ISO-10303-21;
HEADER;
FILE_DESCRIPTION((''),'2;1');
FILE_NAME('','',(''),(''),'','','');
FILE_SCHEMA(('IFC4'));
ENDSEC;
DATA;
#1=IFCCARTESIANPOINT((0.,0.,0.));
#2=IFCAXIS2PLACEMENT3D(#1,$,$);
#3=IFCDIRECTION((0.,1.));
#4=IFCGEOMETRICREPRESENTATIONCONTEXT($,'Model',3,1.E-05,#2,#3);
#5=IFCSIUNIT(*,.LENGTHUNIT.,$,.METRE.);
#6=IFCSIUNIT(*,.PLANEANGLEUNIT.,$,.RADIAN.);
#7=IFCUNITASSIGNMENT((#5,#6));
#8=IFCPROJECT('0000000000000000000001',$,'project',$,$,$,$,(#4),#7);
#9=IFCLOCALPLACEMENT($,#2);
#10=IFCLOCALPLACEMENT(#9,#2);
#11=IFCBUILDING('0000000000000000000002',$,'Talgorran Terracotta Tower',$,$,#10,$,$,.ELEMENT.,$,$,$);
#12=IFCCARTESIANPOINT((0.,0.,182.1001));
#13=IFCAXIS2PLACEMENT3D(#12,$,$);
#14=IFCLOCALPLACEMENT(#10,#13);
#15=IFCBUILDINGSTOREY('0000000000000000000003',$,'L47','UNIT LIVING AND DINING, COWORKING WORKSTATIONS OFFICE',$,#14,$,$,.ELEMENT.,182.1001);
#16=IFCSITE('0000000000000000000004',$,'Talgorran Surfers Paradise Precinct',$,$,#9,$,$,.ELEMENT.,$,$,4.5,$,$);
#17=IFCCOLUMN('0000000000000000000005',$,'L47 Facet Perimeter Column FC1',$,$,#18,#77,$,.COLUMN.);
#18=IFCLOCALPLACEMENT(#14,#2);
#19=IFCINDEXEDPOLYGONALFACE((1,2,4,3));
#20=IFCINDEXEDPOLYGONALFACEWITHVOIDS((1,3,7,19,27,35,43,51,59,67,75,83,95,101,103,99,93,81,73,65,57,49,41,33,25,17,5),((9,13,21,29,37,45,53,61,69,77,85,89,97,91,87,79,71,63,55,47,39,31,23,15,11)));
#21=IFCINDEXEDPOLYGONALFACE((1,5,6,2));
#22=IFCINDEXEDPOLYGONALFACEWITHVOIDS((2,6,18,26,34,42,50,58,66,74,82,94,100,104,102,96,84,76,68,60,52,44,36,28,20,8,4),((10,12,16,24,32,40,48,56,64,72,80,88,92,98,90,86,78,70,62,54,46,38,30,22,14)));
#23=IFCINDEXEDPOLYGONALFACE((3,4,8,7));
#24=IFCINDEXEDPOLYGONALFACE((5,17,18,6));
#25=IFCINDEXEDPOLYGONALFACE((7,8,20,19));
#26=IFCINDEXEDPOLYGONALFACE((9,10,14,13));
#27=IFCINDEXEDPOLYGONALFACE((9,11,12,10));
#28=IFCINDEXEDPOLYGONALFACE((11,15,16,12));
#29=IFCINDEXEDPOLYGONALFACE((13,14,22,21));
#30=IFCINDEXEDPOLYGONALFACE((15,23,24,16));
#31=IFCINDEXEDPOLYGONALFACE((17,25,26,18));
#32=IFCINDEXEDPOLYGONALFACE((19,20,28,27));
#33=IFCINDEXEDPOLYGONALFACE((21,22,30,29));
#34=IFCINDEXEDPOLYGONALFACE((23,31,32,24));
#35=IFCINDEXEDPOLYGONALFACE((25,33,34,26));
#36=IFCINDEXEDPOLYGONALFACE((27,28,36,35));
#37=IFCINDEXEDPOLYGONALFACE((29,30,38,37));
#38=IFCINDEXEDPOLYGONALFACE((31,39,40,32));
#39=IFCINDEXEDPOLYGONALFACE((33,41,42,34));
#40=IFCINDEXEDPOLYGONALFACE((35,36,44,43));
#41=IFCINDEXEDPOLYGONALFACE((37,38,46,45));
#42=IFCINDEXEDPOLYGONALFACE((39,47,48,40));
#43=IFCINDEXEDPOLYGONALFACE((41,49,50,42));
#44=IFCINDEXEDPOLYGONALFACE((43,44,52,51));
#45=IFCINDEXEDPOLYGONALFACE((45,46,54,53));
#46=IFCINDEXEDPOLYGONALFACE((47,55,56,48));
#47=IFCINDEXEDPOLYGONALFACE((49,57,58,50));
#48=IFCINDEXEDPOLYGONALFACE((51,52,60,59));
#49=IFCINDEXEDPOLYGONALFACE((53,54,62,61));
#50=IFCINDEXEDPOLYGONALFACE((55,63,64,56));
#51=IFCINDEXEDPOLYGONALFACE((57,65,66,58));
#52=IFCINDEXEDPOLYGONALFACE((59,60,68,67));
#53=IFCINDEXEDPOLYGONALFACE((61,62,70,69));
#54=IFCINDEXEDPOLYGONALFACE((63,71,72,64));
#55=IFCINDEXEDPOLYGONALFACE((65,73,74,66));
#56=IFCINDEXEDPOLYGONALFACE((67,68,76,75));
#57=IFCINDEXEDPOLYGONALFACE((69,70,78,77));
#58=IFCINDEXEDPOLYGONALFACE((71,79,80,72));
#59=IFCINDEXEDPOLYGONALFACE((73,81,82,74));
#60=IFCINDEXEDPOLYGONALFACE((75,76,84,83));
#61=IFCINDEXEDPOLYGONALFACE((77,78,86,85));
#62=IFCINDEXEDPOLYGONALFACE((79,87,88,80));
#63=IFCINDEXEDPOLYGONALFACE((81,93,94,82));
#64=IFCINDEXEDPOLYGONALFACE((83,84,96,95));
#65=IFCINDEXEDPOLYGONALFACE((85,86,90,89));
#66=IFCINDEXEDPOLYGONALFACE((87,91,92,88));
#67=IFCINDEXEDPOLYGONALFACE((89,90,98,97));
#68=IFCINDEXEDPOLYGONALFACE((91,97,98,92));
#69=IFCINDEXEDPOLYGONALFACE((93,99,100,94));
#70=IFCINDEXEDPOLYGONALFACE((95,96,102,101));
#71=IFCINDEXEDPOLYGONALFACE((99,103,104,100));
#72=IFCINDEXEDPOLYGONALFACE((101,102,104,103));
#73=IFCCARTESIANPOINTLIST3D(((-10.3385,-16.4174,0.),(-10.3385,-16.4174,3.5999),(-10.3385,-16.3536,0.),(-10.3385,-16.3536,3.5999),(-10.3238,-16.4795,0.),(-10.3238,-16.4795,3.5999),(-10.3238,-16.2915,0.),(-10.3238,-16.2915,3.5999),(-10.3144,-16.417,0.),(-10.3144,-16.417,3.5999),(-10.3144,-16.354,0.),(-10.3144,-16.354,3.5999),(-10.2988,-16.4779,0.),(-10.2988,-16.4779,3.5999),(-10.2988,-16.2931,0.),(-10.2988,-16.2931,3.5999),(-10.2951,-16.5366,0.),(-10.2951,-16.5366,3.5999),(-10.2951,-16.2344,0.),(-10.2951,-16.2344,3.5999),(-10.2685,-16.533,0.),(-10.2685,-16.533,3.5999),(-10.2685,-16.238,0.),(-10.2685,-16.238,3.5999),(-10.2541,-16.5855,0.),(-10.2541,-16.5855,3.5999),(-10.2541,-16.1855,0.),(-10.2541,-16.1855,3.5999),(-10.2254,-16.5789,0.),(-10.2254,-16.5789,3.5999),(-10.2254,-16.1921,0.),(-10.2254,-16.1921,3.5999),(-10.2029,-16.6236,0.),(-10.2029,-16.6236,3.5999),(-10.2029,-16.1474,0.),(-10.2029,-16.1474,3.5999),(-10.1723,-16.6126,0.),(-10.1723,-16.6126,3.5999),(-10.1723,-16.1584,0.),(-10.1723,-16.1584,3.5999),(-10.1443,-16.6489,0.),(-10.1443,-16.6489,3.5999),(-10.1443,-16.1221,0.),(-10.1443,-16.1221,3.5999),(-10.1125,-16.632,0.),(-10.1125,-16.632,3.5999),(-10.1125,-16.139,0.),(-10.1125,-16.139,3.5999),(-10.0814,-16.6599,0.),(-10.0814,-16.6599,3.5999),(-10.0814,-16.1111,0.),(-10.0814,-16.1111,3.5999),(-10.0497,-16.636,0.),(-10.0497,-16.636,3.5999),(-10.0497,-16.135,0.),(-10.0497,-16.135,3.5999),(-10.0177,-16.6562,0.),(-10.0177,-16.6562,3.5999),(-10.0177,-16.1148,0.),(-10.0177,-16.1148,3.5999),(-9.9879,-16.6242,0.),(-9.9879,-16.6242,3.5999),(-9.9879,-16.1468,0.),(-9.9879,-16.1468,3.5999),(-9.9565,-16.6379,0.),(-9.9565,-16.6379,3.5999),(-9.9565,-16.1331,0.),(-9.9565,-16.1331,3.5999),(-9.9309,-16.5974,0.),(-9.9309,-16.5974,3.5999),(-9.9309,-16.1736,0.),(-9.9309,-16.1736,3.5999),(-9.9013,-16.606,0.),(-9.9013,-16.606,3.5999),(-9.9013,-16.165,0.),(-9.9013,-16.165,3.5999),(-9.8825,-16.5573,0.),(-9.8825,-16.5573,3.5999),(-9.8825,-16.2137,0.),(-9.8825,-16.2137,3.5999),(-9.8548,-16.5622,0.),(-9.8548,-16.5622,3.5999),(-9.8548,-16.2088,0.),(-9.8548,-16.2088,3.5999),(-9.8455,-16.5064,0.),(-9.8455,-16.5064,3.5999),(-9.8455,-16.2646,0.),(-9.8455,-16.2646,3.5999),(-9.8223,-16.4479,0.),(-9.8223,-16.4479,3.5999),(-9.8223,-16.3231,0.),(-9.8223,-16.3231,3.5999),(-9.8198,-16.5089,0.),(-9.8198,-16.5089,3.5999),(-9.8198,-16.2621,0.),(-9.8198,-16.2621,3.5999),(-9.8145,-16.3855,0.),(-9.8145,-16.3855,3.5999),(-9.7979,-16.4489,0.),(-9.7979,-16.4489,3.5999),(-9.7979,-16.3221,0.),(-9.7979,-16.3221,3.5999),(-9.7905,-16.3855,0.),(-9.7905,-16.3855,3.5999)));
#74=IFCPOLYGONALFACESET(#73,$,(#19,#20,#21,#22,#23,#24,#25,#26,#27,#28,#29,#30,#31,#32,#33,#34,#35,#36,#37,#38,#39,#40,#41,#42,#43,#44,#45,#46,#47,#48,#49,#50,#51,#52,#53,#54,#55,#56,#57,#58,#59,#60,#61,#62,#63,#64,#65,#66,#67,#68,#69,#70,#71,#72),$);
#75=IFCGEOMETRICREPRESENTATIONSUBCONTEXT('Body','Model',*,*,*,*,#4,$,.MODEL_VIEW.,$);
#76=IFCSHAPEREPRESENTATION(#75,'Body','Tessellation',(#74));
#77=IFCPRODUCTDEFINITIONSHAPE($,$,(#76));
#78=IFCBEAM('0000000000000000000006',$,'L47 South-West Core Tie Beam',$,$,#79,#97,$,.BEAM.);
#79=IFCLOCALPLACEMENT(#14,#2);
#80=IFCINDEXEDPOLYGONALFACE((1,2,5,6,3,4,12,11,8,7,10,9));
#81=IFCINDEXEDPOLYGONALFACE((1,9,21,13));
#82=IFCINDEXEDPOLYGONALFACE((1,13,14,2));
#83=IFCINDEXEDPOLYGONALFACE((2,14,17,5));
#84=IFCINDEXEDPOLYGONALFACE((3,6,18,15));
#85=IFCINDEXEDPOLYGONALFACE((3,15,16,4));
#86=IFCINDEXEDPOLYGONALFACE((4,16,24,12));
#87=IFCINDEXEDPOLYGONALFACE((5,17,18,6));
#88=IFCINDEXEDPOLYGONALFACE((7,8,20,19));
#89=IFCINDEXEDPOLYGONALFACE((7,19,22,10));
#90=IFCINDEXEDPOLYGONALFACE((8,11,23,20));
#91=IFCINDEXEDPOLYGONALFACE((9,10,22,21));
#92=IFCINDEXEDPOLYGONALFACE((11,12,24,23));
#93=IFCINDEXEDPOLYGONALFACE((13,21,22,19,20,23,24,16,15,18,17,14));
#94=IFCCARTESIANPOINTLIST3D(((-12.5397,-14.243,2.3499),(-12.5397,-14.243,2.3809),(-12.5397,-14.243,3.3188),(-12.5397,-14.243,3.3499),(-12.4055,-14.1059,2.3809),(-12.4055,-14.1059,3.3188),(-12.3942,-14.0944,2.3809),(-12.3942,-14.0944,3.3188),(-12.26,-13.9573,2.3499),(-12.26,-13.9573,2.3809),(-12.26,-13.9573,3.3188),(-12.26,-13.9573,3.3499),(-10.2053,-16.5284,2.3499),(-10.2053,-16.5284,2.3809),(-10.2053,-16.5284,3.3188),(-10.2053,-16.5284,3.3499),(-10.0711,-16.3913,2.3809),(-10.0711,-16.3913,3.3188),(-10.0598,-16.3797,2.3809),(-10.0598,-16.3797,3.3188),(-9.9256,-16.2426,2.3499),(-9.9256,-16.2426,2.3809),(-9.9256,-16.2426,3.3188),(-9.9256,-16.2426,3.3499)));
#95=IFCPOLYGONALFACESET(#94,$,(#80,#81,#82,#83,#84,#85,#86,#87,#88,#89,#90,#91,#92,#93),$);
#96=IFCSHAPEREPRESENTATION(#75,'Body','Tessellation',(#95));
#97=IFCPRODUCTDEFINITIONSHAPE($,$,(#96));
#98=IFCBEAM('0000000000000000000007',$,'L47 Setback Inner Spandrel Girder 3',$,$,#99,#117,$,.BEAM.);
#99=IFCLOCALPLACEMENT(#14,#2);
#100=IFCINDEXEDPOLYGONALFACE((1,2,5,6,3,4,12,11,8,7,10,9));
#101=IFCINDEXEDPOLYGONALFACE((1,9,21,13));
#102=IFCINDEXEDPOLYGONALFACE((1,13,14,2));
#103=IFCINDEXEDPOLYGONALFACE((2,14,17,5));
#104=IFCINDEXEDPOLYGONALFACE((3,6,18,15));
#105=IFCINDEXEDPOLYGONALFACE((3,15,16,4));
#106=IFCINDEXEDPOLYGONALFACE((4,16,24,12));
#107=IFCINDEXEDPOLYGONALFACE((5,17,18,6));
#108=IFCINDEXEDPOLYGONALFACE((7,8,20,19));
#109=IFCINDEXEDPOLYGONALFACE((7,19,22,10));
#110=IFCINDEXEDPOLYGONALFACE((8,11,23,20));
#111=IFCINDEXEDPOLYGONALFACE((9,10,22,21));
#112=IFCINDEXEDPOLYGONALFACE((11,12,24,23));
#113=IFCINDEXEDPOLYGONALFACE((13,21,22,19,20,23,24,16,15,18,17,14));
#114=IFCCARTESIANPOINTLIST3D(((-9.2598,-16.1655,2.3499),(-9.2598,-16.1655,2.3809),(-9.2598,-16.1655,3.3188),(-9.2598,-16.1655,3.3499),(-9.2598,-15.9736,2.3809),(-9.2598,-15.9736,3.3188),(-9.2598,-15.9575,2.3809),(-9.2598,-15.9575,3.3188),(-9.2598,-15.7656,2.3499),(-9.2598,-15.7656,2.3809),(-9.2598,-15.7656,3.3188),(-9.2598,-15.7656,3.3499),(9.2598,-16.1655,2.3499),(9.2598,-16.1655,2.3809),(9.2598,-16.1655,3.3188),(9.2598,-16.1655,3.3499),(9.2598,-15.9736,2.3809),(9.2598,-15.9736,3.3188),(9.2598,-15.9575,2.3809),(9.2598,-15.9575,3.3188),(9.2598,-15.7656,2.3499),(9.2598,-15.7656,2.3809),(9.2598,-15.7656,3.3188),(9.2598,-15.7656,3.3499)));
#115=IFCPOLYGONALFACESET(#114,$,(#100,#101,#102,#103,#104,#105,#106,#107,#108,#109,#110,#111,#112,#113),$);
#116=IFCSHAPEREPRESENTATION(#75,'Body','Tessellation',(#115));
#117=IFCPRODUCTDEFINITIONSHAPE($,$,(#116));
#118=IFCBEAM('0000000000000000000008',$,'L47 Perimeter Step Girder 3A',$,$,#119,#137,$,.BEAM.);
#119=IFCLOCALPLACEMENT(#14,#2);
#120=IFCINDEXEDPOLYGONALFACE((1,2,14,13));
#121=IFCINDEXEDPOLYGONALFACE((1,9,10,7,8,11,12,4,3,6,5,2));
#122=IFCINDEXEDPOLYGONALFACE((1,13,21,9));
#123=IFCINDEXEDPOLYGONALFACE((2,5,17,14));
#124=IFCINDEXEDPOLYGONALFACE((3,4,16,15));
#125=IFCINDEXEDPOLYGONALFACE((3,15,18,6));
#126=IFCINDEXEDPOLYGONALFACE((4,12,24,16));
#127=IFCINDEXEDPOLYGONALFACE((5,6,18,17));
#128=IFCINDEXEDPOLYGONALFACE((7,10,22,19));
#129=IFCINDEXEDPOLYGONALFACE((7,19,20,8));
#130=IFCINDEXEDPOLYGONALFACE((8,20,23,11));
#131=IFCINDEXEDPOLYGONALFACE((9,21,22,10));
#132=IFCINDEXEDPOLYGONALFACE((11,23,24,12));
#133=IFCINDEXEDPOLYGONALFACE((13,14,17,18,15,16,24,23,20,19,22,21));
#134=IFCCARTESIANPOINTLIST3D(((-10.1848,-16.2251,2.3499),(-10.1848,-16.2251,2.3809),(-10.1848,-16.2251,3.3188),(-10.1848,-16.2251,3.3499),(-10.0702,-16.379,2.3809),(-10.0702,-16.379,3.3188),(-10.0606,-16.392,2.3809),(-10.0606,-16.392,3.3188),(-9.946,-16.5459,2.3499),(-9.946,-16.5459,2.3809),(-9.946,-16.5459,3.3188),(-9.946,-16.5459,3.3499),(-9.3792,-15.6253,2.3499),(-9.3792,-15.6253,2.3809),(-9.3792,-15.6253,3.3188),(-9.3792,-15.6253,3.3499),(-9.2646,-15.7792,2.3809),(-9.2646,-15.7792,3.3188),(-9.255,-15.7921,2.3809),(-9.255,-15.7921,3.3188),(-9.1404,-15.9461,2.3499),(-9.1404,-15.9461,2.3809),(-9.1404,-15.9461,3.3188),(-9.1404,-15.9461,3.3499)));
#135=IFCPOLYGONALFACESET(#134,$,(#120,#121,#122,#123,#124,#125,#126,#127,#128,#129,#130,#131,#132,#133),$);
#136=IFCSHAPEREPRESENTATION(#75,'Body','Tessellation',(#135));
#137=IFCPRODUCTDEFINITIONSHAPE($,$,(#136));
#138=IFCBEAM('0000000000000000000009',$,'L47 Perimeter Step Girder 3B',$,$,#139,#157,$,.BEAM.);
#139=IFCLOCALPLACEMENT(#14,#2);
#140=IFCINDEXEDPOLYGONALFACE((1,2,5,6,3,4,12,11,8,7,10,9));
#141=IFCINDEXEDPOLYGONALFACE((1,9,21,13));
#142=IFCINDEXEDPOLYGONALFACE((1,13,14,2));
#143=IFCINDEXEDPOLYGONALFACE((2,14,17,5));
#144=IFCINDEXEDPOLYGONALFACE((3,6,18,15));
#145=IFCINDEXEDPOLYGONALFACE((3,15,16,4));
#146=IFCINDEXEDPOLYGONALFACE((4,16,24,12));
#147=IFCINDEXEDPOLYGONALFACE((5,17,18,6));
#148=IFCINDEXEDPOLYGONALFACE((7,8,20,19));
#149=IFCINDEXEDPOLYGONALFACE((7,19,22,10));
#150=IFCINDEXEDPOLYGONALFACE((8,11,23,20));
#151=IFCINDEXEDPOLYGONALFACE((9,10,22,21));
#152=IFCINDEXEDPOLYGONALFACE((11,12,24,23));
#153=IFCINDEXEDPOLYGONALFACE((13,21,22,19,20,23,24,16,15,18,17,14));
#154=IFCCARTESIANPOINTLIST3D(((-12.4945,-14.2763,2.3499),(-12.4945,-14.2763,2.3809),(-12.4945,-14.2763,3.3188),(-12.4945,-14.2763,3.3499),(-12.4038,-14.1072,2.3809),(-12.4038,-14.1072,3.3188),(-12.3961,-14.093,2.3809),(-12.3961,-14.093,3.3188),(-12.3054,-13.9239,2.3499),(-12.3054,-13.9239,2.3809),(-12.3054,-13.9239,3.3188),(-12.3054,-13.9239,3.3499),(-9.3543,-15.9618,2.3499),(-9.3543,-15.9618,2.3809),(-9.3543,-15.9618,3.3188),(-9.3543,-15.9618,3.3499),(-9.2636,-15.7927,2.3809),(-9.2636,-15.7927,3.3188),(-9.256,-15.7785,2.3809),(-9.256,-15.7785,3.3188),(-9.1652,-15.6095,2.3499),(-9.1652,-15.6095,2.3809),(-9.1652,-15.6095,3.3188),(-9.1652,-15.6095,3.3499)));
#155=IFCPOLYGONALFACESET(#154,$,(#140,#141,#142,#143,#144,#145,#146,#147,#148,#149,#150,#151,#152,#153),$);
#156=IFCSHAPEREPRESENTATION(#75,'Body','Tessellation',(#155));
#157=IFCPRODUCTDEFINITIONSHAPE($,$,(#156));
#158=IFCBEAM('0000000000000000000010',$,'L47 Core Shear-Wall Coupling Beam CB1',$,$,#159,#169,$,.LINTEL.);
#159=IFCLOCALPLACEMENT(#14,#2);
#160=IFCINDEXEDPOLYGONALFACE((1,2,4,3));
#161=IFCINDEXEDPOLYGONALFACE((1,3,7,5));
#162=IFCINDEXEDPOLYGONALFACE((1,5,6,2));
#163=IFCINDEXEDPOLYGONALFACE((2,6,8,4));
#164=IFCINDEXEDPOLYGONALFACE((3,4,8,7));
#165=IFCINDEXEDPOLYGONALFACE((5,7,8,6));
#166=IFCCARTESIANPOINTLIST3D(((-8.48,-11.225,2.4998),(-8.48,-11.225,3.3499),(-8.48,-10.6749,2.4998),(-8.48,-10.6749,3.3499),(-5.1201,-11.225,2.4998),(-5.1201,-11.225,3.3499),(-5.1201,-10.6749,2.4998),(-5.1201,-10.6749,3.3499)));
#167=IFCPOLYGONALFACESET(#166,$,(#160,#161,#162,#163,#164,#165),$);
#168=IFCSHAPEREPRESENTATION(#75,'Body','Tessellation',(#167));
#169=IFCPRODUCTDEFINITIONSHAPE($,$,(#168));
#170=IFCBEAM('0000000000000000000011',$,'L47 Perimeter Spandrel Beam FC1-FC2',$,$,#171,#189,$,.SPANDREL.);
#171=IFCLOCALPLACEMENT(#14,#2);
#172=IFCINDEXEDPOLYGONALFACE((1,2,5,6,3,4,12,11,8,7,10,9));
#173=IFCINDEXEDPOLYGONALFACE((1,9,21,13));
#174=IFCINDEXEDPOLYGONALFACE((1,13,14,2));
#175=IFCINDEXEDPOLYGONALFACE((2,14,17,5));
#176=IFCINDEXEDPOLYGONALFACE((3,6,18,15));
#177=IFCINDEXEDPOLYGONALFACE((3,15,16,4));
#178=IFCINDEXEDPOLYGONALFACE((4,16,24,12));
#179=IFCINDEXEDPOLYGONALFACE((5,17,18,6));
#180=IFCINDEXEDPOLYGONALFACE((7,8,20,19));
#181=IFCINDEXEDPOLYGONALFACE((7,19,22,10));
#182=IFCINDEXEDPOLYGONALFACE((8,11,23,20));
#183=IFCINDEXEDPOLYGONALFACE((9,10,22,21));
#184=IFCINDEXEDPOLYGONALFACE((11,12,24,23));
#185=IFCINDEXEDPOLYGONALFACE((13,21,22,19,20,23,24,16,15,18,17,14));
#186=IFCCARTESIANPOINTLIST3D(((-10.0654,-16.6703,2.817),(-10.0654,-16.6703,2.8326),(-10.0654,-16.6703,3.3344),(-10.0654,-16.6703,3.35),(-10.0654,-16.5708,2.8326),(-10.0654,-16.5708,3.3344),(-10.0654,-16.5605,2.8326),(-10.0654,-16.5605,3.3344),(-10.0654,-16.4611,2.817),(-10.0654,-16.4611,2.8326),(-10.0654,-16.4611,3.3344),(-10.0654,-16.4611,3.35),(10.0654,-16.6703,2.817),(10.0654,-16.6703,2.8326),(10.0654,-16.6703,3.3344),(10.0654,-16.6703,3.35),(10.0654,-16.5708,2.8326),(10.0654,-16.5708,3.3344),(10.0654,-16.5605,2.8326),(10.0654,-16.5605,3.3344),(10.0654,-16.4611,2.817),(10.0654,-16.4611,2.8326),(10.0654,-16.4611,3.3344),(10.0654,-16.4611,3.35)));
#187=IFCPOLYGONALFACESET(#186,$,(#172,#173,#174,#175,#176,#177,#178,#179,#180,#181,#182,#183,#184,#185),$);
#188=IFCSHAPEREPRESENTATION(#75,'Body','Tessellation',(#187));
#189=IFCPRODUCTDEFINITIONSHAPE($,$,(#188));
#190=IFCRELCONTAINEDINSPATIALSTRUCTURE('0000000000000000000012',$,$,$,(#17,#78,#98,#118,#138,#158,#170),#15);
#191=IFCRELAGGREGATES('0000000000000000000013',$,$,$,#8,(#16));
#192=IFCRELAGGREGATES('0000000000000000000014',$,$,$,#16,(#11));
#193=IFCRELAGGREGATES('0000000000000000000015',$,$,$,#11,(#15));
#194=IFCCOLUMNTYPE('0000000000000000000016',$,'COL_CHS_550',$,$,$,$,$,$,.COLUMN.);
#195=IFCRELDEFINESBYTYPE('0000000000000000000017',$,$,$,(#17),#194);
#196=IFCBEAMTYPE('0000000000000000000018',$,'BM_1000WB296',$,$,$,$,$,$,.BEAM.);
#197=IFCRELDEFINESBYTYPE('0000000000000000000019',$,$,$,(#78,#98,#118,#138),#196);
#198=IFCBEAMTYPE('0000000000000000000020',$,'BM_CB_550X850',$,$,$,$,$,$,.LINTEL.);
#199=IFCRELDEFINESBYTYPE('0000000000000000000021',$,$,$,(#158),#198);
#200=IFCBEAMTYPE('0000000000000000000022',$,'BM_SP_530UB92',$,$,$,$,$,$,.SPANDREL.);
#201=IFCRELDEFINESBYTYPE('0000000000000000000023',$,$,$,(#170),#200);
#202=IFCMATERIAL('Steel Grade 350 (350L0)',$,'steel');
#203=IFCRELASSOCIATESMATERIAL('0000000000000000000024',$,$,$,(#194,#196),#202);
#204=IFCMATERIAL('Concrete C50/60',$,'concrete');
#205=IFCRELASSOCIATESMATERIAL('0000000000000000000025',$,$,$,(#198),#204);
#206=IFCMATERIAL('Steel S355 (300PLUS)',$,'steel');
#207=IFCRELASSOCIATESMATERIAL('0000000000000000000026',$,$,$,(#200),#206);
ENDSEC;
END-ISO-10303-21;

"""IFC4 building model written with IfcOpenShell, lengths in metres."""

from ifc_helpers import new_model, si_unit, direction, frame, origin, origin_2d, place, context, subcontext, project, spatial, rectangle, hollow_circle, i_section, extrude, material, material_profile, profile_set, type_object, element, save


model = new_model("IFC4")

# Units and contexts
model_context = context("Model", 3, precision=1e-05, world=origin(), true_north=direction((0.0, 1.0)))
body_context = subcontext(model_context, "Body", "Model", "MODEL_VIEW")
ifc_project = project(units=[si_unit("LENGTHUNIT", "METRE"), si_unit("PLANEANGLEUNIT", "RADIAN")], contexts=[model_context])

# Site, building, storey
site_placement = place(None, origin())
site = spatial("IfcSite", under=ifc_project, at=site_placement, Name="Talgorran Surfers Paradise Precinct", CompositionType="ELEMENT", RefElevation=4.5)
building_placement = place(site_placement, origin())
building = spatial("IfcBuilding", under=site, at=building_placement, Name="Talgorran Terracotta Tower", CompositionType="ELEMENT")
storey_placement = place(building_placement, frame((0.0, 0.0, 182.1001)))
storey = spatial("IfcBuildingStorey", under=building, at=storey_placement, Name="L47", Description="UNIT LIVING AND DINING, COWORKING WORKSTATIONS OFFICE", CompositionType="ELEMENT", Elevation=182.1001)

# Column
ifc_material_1 = material(Name="Steel Grade 350 (350L0)", Category="steel")
ifc_material_profile_1 = material_profile(ifc_material_1, hollow_circle(Radius=0.2749, WallThickness=0.0239, at=origin_2d()), Name="CHS550X24")
ifc_profile_set_1 = profile_set([ifc_material_profile_1], Name="Steel Grade 350 (350L0)")
column_type = type_object("IfcColumnType", Name="COL_CHS_550", PredefinedType="COLUMN", material=ifc_profile_set_1)
column_placement = place(storey_placement, frame((-10.0654, -16.3855, 0.0), z_axis=(0.0, 0.0, 1.0), x_axis=(1.0, 0.0, 0.0)))
element("IfcColumn", 1, at=column_placement, inside=storey, type_object=column_type, Name="L47 Facet Perimeter Column FC1", PredefinedType="COLUMN", context=body_context, shape_type="SweptSolid", body=[
    extrude(hollow_circle(Radius=0.2749, WallThickness=0.0239, at=origin_2d()), origin(), (0.0, 0.0, 1.0), 3.5999),
])

# Beams
ifc_material_profile_2 = material_profile(ifc_material_1, i_section(OverallWidth=0.3999, OverallDepth=1.0, WebThickness=0.0161, FlangeThickness=0.031, at=origin_2d()), Name="1000WB296")
ifc_profile_set_2 = profile_set([ifc_material_profile_2], Name="Steel Grade 350 (350L0)")
beam_type_1 = type_object("IfcBeamType", Name="BM_1000WB296", PredefinedType="BEAM", material=ifc_profile_set_2)
beam_1_placement = place(storey_placement, frame((-10.0654, -16.3855, 2.8499), z_axis=(-0.714577, 0.699556, 0.0), x_axis=(-0.699556, -0.714577, 0.0)))
element("IfcBeam", 2, at=beam_1_placement, inside=storey, type_object=beam_type_1, Name="L47 South-West Core Tie Beam", PredefinedType="BEAM", context=body_context, shape_type="SweptSolid", body=[
    extrude(i_section(OverallWidth=0.3999, OverallDepth=1.0, WebThickness=0.0161, FlangeThickness=0.031, at=origin_2d()), origin(), (0.0, 0.0, 1.0), 3.2668),
])
beam_2_placement = place(storey_placement, frame((-9.2598, -15.9656, 2.8499), z_axis=(1.0, 0.0, 0.0), x_axis=(0.0, 1.0, 0.0)))
element("IfcBeam", 3, at=beam_2_placement, inside=storey, type_object=beam_type_1, Name="L47 Setback Inner Spandrel Girder 3", PredefinedType="BEAM", context=body_context, shape_type="SweptSolid", body=[
    extrude(i_section(OverallWidth=0.3999, OverallDepth=1.0, WebThickness=0.0161, FlangeThickness=0.031, at=origin_2d()), origin(), (0.0, 0.0, 1.0), 18.5195),
])
beam_3_placement = place(storey_placement, frame((-10.0654, -16.3855, 2.8499), z_axis=(0.802095, 0.597196, 0.0), x_axis=(-0.597196, 0.802095, 0.0)))
element("IfcBeam", 4, at=beam_3_placement, inside=storey, type_object=beam_type_1, Name="L47 Perimeter Step Girder 3A", PredefinedType="BEAM", context=body_context, shape_type="SweptSolid", body=[
    extrude(i_section(OverallWidth=0.3999, OverallDepth=1.0, WebThickness=0.0161, FlangeThickness=0.031, at=origin_2d()), origin(), (0.0, 0.0, 1.0), 1.0044),
])
beam_4_placement = place(storey_placement, frame((-9.2598, -15.7856, 2.8499), z_axis=(-0.881091, 0.472947, 0.0), x_axis=(-0.472947, -0.881091, 0.0)))
element("IfcBeam", 5, at=beam_4_placement, inside=storey, type_object=beam_type_1, Name="L47 Perimeter Step Girder 3B", PredefinedType="BEAM", context=body_context, shape_type="SweptSolid", body=[
    extrude(i_section(OverallWidth=0.3999, OverallDepth=1.0, WebThickness=0.0161, FlangeThickness=0.031, at=origin_2d()), origin(), (0.0, 0.0, 1.0), 3.564),
])
ifc_material_2 = material(Name="Concrete C50/60", Category="concrete")
ifc_material_profile_3 = material_profile(ifc_material_2, rectangle(XDim=0.55, YDim=0.8501, at=origin_2d()), Name="RCCB550X850")
ifc_profile_set_3 = profile_set([ifc_material_profile_3], Name="Concrete C50/60")
beam_type_2 = type_object("IfcBeamType", Name="BM_CB_550X850", PredefinedType="LINTEL", material=ifc_profile_set_3)
beam_5_placement = place(storey_placement, frame((-8.48, -10.95, 2.9248), z_axis=(1.0, 0.0, 0.0), x_axis=(0.0, 1.0, 0.0)))
element("IfcBeam", 6, at=beam_5_placement, inside=storey, type_object=beam_type_2, Name="L47 Core Shear-Wall Coupling Beam CB1", PredefinedType="LINTEL", context=body_context, shape_type="SweptSolid", body=[
    extrude(rectangle(XDim=0.55, YDim=0.8501, at=origin_2d()), origin(), (0.0, 0.0, 1.0), 3.3599),
])
ifc_material_3 = material(Name="Steel S355 (300PLUS)", Category="steel")
ifc_material_profile_4 = material_profile(ifc_material_3, i_section(OverallWidth=0.2092, OverallDepth=0.533, WebThickness=0.0103, FlangeThickness=0.0156, at=origin_2d()), Name="530UB92.4")
ifc_profile_set_4 = profile_set([ifc_material_profile_4], Name="Steel S355 (300PLUS)")
beam_type_3 = type_object("IfcBeamType", Name="BM_SP_530UB92", PredefinedType="SPANDREL", material=ifc_profile_set_4)
beam_6_placement = place(storey_placement, frame((-10.0654, -16.5657, 3.0835), z_axis=(1.0, 0.0, 0.0), x_axis=(0.0, 1.0, 0.0)))
element("IfcBeam", 7, at=beam_6_placement, inside=storey, type_object=beam_type_3, Name="L47 Perimeter Spandrel Beam FC1-FC2", PredefinedType="SPANDREL", context=body_context, shape_type="SweptSolid", body=[
    extrude(i_section(OverallWidth=0.2092, OverallDepth=0.533, WebThickness=0.0103, FlangeThickness=0.0156, at=origin_2d()), origin(), (0.0, 0.0, 1.0), 20.1309),
])

save(model, "model.ifc")
